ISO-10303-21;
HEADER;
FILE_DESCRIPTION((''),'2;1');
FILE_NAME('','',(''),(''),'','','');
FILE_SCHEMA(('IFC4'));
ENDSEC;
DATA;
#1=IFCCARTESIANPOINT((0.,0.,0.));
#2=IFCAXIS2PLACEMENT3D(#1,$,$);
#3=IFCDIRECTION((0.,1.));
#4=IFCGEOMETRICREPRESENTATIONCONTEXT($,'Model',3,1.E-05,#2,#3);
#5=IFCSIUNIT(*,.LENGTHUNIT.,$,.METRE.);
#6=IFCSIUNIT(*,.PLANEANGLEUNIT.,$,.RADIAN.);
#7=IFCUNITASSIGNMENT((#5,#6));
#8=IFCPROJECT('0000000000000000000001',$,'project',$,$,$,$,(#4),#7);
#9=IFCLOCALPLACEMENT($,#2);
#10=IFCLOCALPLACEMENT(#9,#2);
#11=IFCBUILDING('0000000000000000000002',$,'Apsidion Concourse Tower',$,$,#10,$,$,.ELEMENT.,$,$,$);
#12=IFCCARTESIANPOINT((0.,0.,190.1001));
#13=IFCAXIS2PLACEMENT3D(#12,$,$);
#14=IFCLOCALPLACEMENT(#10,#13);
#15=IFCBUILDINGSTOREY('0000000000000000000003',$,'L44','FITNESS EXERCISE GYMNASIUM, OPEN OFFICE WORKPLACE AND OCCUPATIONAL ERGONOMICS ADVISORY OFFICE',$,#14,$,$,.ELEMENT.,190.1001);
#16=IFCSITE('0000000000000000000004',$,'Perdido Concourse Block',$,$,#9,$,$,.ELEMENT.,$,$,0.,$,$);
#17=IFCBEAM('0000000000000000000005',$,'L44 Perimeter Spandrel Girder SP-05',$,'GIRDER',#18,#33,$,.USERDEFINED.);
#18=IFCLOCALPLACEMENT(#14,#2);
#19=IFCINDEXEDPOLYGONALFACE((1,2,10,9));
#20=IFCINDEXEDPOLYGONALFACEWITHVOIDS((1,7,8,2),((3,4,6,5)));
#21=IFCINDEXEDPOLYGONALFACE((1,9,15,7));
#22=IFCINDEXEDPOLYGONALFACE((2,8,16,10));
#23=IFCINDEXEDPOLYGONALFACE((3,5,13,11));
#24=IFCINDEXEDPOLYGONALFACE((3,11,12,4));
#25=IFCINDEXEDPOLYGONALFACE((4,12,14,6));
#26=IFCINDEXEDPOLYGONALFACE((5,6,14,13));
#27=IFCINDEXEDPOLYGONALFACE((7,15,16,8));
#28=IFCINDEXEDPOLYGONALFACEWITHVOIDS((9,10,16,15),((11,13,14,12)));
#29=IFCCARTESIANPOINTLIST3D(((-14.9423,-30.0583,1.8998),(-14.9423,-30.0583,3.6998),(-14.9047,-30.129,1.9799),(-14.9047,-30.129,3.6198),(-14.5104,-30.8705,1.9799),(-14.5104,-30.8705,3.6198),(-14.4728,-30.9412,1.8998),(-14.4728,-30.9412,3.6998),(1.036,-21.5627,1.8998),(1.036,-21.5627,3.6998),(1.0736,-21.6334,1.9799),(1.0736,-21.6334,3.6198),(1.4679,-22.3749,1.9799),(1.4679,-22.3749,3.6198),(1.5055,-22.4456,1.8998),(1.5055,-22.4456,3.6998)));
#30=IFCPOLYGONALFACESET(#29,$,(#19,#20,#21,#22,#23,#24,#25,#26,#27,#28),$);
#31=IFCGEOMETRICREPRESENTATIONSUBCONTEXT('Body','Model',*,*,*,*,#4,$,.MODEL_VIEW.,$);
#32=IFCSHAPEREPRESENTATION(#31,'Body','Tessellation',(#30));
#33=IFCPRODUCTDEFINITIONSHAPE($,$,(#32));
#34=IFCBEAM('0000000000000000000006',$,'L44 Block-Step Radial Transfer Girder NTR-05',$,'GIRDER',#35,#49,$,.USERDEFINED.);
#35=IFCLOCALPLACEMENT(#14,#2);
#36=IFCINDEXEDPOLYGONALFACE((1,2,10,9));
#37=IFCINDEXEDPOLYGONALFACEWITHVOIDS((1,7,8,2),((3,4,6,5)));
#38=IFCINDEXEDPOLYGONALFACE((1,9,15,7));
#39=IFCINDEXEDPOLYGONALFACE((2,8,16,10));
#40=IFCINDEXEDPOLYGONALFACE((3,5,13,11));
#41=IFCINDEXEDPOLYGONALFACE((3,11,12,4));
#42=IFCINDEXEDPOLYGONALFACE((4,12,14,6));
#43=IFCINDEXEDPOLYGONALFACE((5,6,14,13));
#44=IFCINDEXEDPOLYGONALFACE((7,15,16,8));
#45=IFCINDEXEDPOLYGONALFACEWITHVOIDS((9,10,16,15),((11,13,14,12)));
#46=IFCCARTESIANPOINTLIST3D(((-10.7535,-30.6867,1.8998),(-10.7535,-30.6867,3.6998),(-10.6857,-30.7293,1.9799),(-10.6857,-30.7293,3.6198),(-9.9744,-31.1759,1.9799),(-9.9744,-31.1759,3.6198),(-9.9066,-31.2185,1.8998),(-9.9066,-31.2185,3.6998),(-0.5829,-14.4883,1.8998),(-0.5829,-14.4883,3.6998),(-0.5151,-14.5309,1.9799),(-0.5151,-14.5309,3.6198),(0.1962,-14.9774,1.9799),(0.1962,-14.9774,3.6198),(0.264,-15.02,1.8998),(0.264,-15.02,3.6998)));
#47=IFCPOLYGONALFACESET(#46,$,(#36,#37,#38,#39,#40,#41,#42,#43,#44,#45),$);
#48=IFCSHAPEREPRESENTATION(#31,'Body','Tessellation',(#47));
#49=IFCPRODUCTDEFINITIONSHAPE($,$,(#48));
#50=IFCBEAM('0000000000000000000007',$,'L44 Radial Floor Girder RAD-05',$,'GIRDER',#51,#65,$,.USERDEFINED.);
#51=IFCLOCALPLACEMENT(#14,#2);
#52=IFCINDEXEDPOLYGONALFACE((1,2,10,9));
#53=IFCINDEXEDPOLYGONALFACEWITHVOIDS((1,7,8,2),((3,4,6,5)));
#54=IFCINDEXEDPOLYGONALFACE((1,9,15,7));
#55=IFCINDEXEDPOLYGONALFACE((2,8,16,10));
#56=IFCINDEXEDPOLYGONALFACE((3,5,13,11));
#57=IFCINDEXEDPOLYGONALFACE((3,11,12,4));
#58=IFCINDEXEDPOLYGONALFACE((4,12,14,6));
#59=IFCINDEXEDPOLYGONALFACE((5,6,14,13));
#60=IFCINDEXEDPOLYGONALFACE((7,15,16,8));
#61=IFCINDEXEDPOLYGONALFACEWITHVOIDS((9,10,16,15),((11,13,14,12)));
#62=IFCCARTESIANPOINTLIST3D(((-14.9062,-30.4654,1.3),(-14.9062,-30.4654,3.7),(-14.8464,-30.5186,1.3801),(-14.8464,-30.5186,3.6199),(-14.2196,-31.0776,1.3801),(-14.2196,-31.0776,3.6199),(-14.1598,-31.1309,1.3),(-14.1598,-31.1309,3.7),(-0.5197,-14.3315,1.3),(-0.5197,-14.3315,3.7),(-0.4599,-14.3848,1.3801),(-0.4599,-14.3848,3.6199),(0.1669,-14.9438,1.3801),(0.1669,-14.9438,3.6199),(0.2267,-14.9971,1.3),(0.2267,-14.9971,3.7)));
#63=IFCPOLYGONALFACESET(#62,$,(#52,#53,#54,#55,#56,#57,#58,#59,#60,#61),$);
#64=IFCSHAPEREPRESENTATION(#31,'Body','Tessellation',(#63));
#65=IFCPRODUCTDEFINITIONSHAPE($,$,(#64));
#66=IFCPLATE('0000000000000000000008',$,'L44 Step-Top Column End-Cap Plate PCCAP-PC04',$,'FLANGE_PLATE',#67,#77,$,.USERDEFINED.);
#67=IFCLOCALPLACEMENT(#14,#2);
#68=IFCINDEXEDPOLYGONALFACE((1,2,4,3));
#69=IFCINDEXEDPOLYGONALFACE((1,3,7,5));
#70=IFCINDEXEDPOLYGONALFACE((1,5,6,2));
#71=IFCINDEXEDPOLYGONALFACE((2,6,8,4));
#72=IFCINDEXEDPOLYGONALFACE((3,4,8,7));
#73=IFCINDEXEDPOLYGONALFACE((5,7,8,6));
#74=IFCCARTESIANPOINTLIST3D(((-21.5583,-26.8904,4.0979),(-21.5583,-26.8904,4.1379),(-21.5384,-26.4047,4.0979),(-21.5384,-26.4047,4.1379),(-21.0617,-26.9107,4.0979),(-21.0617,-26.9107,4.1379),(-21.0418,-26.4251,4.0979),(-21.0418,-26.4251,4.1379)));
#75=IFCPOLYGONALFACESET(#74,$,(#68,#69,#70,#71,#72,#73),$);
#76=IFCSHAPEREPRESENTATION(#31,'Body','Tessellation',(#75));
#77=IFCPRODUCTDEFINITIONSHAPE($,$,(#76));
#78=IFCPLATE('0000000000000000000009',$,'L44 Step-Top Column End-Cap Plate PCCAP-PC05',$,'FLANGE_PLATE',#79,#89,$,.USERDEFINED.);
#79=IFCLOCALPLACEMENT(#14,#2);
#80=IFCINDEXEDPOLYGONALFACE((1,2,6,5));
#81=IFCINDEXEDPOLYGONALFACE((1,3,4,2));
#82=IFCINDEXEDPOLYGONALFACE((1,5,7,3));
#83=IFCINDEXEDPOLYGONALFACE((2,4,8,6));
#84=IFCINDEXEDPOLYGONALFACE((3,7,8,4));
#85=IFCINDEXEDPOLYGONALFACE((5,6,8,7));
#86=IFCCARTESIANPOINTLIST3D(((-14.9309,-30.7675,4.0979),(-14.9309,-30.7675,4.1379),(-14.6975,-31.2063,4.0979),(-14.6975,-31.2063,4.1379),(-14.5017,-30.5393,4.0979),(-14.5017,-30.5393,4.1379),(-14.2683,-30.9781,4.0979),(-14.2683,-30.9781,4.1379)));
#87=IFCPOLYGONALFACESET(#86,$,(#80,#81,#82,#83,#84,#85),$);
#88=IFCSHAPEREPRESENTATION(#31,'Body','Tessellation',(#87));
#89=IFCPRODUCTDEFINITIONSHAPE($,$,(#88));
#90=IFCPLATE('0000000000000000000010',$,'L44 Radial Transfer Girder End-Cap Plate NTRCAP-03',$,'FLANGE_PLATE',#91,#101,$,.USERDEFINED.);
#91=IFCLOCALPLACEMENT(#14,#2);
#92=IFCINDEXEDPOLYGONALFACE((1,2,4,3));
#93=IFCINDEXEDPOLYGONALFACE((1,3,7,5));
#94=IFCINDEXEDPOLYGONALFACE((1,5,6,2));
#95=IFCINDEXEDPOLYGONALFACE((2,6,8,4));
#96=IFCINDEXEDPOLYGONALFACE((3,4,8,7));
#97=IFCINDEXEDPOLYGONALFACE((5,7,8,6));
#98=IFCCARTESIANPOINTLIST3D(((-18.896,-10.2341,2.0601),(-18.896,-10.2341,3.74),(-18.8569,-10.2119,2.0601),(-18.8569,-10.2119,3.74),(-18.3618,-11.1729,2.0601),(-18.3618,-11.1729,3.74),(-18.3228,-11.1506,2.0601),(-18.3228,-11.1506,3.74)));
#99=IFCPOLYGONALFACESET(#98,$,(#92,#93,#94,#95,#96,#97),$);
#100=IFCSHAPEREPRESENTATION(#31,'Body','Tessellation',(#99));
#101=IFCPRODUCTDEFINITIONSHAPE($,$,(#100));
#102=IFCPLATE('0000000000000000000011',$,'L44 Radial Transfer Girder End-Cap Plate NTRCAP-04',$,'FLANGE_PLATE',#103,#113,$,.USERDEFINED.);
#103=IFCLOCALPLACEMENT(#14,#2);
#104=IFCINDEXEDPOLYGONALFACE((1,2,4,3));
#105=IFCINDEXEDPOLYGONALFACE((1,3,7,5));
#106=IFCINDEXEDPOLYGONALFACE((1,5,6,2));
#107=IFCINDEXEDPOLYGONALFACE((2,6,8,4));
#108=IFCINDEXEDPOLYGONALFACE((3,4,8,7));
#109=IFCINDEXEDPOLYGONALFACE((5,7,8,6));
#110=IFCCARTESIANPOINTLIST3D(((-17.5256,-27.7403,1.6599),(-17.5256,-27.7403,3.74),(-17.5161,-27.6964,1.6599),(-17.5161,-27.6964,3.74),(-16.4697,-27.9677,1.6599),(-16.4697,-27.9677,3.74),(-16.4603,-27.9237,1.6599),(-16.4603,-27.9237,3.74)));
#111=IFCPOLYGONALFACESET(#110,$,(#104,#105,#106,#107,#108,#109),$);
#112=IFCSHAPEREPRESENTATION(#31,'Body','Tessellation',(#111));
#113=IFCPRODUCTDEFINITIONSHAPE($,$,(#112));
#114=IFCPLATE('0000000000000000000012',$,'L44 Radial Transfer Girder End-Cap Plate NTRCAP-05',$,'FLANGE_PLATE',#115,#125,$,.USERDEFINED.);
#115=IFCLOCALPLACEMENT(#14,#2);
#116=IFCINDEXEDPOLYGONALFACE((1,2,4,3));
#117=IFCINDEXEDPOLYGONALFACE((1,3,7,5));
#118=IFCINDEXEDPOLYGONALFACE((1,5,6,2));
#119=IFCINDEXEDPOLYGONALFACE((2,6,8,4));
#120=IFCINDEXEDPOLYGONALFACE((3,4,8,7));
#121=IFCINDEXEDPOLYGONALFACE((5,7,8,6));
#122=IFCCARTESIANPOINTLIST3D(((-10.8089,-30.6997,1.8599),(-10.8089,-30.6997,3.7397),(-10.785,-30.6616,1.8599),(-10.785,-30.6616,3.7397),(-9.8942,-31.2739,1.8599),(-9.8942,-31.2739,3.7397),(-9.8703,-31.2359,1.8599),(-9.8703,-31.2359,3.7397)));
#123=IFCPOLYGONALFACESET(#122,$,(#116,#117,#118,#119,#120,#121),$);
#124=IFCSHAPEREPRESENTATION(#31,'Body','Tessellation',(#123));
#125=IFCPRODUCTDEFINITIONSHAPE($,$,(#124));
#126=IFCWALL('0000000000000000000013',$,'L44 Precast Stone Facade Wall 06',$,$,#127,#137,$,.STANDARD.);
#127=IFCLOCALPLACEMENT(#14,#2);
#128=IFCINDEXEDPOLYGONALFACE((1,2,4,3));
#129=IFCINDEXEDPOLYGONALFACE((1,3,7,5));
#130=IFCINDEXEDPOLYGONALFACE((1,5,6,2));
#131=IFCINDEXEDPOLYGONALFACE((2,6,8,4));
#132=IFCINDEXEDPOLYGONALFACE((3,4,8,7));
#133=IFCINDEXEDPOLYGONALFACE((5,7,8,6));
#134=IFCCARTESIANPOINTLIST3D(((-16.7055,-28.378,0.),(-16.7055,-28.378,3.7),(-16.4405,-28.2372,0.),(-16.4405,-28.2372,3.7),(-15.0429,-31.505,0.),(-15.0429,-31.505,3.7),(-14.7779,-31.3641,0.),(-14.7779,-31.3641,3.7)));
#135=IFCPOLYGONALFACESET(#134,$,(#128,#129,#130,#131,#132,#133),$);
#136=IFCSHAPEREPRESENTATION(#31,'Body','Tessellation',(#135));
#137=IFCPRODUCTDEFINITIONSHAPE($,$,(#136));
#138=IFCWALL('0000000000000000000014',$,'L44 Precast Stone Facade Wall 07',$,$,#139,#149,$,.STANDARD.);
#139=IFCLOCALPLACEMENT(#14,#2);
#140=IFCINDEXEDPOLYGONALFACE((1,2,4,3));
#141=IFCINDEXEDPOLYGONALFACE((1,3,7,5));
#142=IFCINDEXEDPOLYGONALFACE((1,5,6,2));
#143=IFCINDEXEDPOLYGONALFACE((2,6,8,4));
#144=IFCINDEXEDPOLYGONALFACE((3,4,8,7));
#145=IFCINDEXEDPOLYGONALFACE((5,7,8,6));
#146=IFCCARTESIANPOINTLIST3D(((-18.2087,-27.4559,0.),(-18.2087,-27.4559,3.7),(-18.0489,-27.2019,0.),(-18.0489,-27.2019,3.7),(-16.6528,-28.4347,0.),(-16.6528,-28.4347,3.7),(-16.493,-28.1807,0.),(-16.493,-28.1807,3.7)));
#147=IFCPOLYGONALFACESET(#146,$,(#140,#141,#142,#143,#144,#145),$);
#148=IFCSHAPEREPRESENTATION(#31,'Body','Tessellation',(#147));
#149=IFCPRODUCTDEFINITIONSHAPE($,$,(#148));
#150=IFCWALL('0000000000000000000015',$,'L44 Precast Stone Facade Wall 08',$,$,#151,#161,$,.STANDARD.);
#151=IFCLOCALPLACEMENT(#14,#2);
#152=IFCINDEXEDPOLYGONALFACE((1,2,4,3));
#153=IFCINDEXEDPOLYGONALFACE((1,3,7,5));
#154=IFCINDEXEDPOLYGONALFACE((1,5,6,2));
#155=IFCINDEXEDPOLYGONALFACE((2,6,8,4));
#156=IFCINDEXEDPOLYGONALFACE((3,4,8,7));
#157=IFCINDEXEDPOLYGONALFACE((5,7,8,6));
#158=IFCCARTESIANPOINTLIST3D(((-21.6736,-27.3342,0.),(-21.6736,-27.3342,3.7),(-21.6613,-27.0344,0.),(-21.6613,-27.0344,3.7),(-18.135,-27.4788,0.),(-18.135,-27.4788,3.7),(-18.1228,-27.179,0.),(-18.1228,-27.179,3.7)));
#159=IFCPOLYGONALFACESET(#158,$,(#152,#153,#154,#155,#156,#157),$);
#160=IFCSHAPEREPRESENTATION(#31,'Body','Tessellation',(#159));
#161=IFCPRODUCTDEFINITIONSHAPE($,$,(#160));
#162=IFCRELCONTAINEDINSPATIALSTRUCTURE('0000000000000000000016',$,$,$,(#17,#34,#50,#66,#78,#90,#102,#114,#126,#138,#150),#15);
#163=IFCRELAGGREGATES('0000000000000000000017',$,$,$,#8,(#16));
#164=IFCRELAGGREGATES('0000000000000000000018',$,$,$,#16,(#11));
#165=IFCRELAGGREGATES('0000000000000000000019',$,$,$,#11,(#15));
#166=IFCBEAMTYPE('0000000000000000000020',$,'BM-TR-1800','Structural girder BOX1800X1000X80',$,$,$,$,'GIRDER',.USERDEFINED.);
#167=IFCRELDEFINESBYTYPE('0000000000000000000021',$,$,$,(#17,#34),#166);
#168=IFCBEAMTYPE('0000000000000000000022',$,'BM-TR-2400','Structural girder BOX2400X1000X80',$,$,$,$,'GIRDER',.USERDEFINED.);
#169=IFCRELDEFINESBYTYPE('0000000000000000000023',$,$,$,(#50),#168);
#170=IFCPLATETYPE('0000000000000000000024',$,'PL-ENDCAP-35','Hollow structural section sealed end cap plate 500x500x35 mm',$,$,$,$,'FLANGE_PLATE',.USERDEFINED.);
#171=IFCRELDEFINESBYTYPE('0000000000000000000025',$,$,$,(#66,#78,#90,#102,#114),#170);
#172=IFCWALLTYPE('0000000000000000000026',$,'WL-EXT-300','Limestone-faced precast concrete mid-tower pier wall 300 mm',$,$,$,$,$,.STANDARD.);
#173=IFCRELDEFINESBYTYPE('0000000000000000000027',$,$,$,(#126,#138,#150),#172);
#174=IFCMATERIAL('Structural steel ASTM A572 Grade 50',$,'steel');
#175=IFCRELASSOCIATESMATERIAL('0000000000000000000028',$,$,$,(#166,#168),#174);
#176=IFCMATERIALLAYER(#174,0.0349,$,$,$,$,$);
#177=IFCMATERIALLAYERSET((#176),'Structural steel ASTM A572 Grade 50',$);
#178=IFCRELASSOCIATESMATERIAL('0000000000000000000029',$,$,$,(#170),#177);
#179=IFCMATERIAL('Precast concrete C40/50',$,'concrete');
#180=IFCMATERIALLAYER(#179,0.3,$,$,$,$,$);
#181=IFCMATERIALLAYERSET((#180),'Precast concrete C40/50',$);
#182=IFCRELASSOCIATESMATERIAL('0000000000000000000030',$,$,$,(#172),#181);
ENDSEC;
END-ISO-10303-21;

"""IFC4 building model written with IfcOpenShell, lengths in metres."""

from ifc_helpers import new_model, si_unit, direction, frame, frame_2d, origin, origin_2d, place, context, subcontext, project, spatial, rectangle, hollow_rectangle, extrude, material, layer, layer_set, material_profile, profile_set, type_object, element, save


model = new_model("IFC4")

# Units and contexts
model_context = context("Model", 3, precision=1e-05, world=origin(), true_north=direction((0.0, 1.0)))
body_context = subcontext(model_context, "Body", "Model", "MODEL_VIEW")
ifc_project = project(units=[si_unit("LENGTHUNIT", "METRE"), si_unit("PLANEANGLEUNIT", "RADIAN")], contexts=[model_context])

# Site, building, storey
site_placement = place(None, origin())
site = spatial("IfcSite", under=ifc_project, at=site_placement, Name="Perdido Concourse Block", CompositionType="ELEMENT", RefElevation=0.0)
building_placement = place(site_placement, origin())
building = spatial("IfcBuilding", under=site, at=building_placement, Name="Apsidion Concourse Tower", CompositionType="ELEMENT")
storey_placement = place(building_placement, frame((0.0, 0.0, 190.1001)))
storey = spatial("IfcBuildingStorey", under=building, at=storey_placement, Name="L44", Description="FITNESS EXERCISE GYMNASIUM, OPEN OFFICE WORKPLACE AND OCCUPATIONAL ERGONOMICS ADVISORY OFFICE", CompositionType="ELEMENT", Elevation=190.1001)

# Beams
ifc_material_1 = material(Name="Structural steel ASTM A572 Grade 50", Category="steel")
ifc_material_profile_1 = material_profile(ifc_material_1, hollow_rectangle(XDim=1.0, YDim=1.8, WallThickness=0.0801, at=origin_2d()), Name="BOX1800X1000X80")
ifc_profile_set_1 = profile_set([ifc_material_profile_1], Name="Structural steel ASTM A572 Grade 50")
beam_type_1 = type_object("IfcBeamType", Name="BM-TR-1800", Description="Structural girder BOX1800X1000X80", ElementType="GIRDER", PredefinedType="USERDEFINED", material=ifc_profile_set_1)
beam_1_placement = place(storey_placement, frame((-14.7075, -30.4998, 2.7998), z_axis=(0.882952, 0.469463, 0.0), x_axis=(-0.469463, 0.882952, 0.0)))
element("IfcBeam", 1, at=beam_1_placement, inside=storey, type_object=beam_type_1, Name="L44 Perimeter Spandrel Girder SP-05", ObjectType="GIRDER", PredefinedType="USERDEFINED", context=body_context, shape_type="SweptSolid", body=[
    extrude(hollow_rectangle(XDim=1.0, YDim=1.8, WallThickness=0.0801, at=origin_2d()), origin(), (0.0, 0.0, 1.0), 18.0964),
])
beam_2_placement = place(storey_placement, frame((-0.1594, -14.7542, 2.7998), z_axis=(-0.53175, -0.846901, 0.0), x_axis=(0.846901, -0.53175, 0.0)))
element("IfcBeam", 2, at=beam_2_placement, inside=storey, type_object=beam_type_1, Name="L44 Block-Step Radial Transfer Girder NTR-05", ObjectType="GIRDER", PredefinedType="USERDEFINED", context=body_context, shape_type="SweptSolid", body=[
    extrude(hollow_rectangle(XDim=1.0, YDim=1.8, WallThickness=0.0801, at=origin_2d()), origin(), (0.0, 0.0, 1.0), 19.1267),
])
ifc_material_profile_2 = material_profile(ifc_material_1, hollow_rectangle(XDim=1.0, YDim=2.3999, WallThickness=0.0801, at=origin_2d()), Name="BOX2400X1000X80")
ifc_profile_set_2 = profile_set([ifc_material_profile_2], Name="Structural steel ASTM A572 Grade 50")
beam_type_2 = type_object("IfcBeamType", Name="BM-TR-2400", Description="Structural girder BOX2400X1000X80", ElementType="GIRDER", PredefinedType="USERDEFINED", material=ifc_profile_set_2)
beam_3_placement = place(storey_placement, frame((-0.1465, -14.6643, 2.5), z_axis=(-0.665534, -0.746367, 0.0), x_axis=(0.746367, -0.665534, 0.0)))
element("IfcBeam", 3, at=beam_3_placement, inside=storey, type_object=beam_type_2, Name="L44 Radial Floor Girder RAD-05", ObjectType="GIRDER", PredefinedType="USERDEFINED", context=body_context, shape_type="SweptSolid", body=[
    extrude(hollow_rectangle(XDim=1.0, YDim=2.3999, WallThickness=0.0801, at=origin_2d()), origin(), (0.0, 0.0, 1.0), 21.6165),
])

# Plates
ifc_layer_1 = layer(ifc_material_1, 0.0349)
ifc_layer_set_1 = layer_set([ifc_layer_1], Name="Structural steel ASTM A572 Grade 50")
plate_type = type_object("IfcPlateType", Name="PL-ENDCAP-35", Description="Hollow structural section sealed end cap plate 500x500x35 mm", ElementType="FLANGE_PLATE", PredefinedType="USERDEFINED", material=ifc_layer_set_1)
for number, where, z_axis, x_axis, name in (
    (4, (-21.3, -26.6577, 4.0979), (0.0, 0.0, 1.0), (0.041004, 0.999159, 0.0), "L44 Step-Top Column End-Cap Plate PCCAP-PC04"),
    (5, (-14.5996, -30.8728, 4.0979), (0.0, 0.0, 1.0), (0.882948, 0.469472, 0.0), "L44 Step-Top Column End-Cap Plate PCCAP-PC05"),
):
    element("IfcPlate", number, at=place(storey_placement, frame(where, z_axis=z_axis, x_axis=x_axis)), inside=storey, type_object=plate_type, Name=name, ObjectType="FLANGE_PLATE", PredefinedType="USERDEFINED", context=body_context, shape_type="SweptSolid", body=[
        extrude(rectangle(XDim=0.4861, YDim=0.4971, at=origin_2d()), origin(), (0.0, 0.0, 1.0), 0.04),
    ])
plate_1_placement = place(storey_placement, frame((-18.6094, -10.6924, 2.0601), z_axis=(0.0, 0.0, 1.0), x_axis=(-0.86915, -0.494549, 0.0)))
element("IfcPlate", 6, at=plate_1_placement, inside=storey, type_object=plate_type, Name="L44 Radial Transfer Girder End-Cap Plate NTRCAP-03", ObjectType="FLANGE_PLATE", PredefinedType="USERDEFINED", context=body_context, shape_type="SweptSolid", body=[
    extrude(rectangle(XDim=0.0449, YDim=1.0801, at=origin_2d()), origin(), (0.0, 0.0, 1.0), 1.6799),
])
plate_2_placement = place(storey_placement, frame((-16.9929, -27.832, 1.6599), z_axis=(0.0, 0.0, 1.0), x_axis=(-0.210472, -0.9776, 0.0)))
element("IfcPlate", 7, at=plate_2_placement, inside=storey, type_object=plate_type, Name="L44 Radial Transfer Girder End-Cap Plate NTRCAP-04", ObjectType="FLANGE_PLATE", PredefinedType="USERDEFINED", context=body_context, shape_type="SweptSolid", body=[
    extrude(rectangle(XDim=0.0449, YDim=1.0801, at=origin_2d()), origin(), (0.0, 0.0, 1.0), 2.0801),
])
plate_3_placement = place(storey_placement, frame((-10.3396, -30.9678, 1.8599), z_axis=(0.0, 0.0, 1.0), x_axis=(-0.531694, -0.846936, 0.0)))
element("IfcPlate", 8, at=plate_3_placement, inside=storey, type_object=plate_type, Name="L44 Radial Transfer Girder End-Cap Plate NTRCAP-05", ObjectType="FLANGE_PLATE", PredefinedType="USERDEFINED", context=body_context, shape_type="SweptSolid", body=[
    extrude(rectangle(XDim=0.0449, YDim=1.0801, at=origin_2d()), origin(), (0.0, 0.0, 1.0), 1.8799),
])

# Walls
ifc_material_2 = material(Name="Precast concrete C40/50", Category="concrete")
ifc_layer_2 = layer(ifc_material_2, 0.3)
ifc_layer_set_2 = layer_set([ifc_layer_2], Name="Precast concrete C40/50")
wall_type_1 = type_object("IfcWallType", Name="WL-EXT-300", Description="Limestone-faced precast concrete mid-tower pier wall 300 mm", PredefinedType="STANDARD", material=ifc_layer_set_2)
wall_1_placement = place(storey_placement, frame((-14.9104, -31.4346, 0.0), z_axis=(0.0, 0.0, 1.0), x_axis=(-0.469464, 0.882951, 0.0)))
element("IfcWall", 9, at=wall_1_placement, inside=storey, type_object=wall_type_1, Name="L44 Precast Stone Facade Wall 06", PredefinedType="STANDARD", context=body_context, shape_type="SweptSolid", body=[
    extrude(rectangle(XDim=3.5415, YDim=0.3, at=frame_2d((1.7708, 0.0))), origin(), (0.0, 0.0, 1.0), 3.7),
])
wall_2_placement = place(storey_placement, frame((-16.573, -28.3076, 0.0), z_axis=(0.0, 0.0, 1.0), x_axis=(-0.84645, 0.532468, 0.0)))
element("IfcWall", 10, at=wall_2_placement, inside=storey, type_object=wall_type_1, Name="L44 Precast Stone Facade Wall 07", PredefinedType="STANDARD", context=body_context, shape_type="SweptSolid", body=[
    extrude(rectangle(XDim=1.8381, YDim=0.3, at=frame_2d((0.9189, 0.0))), origin(), (0.0, 0.0, 1.0), 3.7),
])
wall_3_placement = place(storey_placement, frame((-18.1289, -27.3289, 0.0), z_axis=(0.0, 0.0, 1.0), x_axis=(-0.999167, 0.04081, 0.0)))
element("IfcWall", 11, at=wall_3_placement, inside=storey, type_object=wall_type_1, Name="L44 Precast Stone Facade Wall 08", PredefinedType="STANDARD", context=body_context, shape_type="SweptSolid", body=[
    extrude(rectangle(XDim=3.5415, YDim=0.3, at=frame_2d((1.7708, 0.0))), origin(), (0.0, 0.0, 1.0), 3.7),
])

save(model, "model.ifc")
